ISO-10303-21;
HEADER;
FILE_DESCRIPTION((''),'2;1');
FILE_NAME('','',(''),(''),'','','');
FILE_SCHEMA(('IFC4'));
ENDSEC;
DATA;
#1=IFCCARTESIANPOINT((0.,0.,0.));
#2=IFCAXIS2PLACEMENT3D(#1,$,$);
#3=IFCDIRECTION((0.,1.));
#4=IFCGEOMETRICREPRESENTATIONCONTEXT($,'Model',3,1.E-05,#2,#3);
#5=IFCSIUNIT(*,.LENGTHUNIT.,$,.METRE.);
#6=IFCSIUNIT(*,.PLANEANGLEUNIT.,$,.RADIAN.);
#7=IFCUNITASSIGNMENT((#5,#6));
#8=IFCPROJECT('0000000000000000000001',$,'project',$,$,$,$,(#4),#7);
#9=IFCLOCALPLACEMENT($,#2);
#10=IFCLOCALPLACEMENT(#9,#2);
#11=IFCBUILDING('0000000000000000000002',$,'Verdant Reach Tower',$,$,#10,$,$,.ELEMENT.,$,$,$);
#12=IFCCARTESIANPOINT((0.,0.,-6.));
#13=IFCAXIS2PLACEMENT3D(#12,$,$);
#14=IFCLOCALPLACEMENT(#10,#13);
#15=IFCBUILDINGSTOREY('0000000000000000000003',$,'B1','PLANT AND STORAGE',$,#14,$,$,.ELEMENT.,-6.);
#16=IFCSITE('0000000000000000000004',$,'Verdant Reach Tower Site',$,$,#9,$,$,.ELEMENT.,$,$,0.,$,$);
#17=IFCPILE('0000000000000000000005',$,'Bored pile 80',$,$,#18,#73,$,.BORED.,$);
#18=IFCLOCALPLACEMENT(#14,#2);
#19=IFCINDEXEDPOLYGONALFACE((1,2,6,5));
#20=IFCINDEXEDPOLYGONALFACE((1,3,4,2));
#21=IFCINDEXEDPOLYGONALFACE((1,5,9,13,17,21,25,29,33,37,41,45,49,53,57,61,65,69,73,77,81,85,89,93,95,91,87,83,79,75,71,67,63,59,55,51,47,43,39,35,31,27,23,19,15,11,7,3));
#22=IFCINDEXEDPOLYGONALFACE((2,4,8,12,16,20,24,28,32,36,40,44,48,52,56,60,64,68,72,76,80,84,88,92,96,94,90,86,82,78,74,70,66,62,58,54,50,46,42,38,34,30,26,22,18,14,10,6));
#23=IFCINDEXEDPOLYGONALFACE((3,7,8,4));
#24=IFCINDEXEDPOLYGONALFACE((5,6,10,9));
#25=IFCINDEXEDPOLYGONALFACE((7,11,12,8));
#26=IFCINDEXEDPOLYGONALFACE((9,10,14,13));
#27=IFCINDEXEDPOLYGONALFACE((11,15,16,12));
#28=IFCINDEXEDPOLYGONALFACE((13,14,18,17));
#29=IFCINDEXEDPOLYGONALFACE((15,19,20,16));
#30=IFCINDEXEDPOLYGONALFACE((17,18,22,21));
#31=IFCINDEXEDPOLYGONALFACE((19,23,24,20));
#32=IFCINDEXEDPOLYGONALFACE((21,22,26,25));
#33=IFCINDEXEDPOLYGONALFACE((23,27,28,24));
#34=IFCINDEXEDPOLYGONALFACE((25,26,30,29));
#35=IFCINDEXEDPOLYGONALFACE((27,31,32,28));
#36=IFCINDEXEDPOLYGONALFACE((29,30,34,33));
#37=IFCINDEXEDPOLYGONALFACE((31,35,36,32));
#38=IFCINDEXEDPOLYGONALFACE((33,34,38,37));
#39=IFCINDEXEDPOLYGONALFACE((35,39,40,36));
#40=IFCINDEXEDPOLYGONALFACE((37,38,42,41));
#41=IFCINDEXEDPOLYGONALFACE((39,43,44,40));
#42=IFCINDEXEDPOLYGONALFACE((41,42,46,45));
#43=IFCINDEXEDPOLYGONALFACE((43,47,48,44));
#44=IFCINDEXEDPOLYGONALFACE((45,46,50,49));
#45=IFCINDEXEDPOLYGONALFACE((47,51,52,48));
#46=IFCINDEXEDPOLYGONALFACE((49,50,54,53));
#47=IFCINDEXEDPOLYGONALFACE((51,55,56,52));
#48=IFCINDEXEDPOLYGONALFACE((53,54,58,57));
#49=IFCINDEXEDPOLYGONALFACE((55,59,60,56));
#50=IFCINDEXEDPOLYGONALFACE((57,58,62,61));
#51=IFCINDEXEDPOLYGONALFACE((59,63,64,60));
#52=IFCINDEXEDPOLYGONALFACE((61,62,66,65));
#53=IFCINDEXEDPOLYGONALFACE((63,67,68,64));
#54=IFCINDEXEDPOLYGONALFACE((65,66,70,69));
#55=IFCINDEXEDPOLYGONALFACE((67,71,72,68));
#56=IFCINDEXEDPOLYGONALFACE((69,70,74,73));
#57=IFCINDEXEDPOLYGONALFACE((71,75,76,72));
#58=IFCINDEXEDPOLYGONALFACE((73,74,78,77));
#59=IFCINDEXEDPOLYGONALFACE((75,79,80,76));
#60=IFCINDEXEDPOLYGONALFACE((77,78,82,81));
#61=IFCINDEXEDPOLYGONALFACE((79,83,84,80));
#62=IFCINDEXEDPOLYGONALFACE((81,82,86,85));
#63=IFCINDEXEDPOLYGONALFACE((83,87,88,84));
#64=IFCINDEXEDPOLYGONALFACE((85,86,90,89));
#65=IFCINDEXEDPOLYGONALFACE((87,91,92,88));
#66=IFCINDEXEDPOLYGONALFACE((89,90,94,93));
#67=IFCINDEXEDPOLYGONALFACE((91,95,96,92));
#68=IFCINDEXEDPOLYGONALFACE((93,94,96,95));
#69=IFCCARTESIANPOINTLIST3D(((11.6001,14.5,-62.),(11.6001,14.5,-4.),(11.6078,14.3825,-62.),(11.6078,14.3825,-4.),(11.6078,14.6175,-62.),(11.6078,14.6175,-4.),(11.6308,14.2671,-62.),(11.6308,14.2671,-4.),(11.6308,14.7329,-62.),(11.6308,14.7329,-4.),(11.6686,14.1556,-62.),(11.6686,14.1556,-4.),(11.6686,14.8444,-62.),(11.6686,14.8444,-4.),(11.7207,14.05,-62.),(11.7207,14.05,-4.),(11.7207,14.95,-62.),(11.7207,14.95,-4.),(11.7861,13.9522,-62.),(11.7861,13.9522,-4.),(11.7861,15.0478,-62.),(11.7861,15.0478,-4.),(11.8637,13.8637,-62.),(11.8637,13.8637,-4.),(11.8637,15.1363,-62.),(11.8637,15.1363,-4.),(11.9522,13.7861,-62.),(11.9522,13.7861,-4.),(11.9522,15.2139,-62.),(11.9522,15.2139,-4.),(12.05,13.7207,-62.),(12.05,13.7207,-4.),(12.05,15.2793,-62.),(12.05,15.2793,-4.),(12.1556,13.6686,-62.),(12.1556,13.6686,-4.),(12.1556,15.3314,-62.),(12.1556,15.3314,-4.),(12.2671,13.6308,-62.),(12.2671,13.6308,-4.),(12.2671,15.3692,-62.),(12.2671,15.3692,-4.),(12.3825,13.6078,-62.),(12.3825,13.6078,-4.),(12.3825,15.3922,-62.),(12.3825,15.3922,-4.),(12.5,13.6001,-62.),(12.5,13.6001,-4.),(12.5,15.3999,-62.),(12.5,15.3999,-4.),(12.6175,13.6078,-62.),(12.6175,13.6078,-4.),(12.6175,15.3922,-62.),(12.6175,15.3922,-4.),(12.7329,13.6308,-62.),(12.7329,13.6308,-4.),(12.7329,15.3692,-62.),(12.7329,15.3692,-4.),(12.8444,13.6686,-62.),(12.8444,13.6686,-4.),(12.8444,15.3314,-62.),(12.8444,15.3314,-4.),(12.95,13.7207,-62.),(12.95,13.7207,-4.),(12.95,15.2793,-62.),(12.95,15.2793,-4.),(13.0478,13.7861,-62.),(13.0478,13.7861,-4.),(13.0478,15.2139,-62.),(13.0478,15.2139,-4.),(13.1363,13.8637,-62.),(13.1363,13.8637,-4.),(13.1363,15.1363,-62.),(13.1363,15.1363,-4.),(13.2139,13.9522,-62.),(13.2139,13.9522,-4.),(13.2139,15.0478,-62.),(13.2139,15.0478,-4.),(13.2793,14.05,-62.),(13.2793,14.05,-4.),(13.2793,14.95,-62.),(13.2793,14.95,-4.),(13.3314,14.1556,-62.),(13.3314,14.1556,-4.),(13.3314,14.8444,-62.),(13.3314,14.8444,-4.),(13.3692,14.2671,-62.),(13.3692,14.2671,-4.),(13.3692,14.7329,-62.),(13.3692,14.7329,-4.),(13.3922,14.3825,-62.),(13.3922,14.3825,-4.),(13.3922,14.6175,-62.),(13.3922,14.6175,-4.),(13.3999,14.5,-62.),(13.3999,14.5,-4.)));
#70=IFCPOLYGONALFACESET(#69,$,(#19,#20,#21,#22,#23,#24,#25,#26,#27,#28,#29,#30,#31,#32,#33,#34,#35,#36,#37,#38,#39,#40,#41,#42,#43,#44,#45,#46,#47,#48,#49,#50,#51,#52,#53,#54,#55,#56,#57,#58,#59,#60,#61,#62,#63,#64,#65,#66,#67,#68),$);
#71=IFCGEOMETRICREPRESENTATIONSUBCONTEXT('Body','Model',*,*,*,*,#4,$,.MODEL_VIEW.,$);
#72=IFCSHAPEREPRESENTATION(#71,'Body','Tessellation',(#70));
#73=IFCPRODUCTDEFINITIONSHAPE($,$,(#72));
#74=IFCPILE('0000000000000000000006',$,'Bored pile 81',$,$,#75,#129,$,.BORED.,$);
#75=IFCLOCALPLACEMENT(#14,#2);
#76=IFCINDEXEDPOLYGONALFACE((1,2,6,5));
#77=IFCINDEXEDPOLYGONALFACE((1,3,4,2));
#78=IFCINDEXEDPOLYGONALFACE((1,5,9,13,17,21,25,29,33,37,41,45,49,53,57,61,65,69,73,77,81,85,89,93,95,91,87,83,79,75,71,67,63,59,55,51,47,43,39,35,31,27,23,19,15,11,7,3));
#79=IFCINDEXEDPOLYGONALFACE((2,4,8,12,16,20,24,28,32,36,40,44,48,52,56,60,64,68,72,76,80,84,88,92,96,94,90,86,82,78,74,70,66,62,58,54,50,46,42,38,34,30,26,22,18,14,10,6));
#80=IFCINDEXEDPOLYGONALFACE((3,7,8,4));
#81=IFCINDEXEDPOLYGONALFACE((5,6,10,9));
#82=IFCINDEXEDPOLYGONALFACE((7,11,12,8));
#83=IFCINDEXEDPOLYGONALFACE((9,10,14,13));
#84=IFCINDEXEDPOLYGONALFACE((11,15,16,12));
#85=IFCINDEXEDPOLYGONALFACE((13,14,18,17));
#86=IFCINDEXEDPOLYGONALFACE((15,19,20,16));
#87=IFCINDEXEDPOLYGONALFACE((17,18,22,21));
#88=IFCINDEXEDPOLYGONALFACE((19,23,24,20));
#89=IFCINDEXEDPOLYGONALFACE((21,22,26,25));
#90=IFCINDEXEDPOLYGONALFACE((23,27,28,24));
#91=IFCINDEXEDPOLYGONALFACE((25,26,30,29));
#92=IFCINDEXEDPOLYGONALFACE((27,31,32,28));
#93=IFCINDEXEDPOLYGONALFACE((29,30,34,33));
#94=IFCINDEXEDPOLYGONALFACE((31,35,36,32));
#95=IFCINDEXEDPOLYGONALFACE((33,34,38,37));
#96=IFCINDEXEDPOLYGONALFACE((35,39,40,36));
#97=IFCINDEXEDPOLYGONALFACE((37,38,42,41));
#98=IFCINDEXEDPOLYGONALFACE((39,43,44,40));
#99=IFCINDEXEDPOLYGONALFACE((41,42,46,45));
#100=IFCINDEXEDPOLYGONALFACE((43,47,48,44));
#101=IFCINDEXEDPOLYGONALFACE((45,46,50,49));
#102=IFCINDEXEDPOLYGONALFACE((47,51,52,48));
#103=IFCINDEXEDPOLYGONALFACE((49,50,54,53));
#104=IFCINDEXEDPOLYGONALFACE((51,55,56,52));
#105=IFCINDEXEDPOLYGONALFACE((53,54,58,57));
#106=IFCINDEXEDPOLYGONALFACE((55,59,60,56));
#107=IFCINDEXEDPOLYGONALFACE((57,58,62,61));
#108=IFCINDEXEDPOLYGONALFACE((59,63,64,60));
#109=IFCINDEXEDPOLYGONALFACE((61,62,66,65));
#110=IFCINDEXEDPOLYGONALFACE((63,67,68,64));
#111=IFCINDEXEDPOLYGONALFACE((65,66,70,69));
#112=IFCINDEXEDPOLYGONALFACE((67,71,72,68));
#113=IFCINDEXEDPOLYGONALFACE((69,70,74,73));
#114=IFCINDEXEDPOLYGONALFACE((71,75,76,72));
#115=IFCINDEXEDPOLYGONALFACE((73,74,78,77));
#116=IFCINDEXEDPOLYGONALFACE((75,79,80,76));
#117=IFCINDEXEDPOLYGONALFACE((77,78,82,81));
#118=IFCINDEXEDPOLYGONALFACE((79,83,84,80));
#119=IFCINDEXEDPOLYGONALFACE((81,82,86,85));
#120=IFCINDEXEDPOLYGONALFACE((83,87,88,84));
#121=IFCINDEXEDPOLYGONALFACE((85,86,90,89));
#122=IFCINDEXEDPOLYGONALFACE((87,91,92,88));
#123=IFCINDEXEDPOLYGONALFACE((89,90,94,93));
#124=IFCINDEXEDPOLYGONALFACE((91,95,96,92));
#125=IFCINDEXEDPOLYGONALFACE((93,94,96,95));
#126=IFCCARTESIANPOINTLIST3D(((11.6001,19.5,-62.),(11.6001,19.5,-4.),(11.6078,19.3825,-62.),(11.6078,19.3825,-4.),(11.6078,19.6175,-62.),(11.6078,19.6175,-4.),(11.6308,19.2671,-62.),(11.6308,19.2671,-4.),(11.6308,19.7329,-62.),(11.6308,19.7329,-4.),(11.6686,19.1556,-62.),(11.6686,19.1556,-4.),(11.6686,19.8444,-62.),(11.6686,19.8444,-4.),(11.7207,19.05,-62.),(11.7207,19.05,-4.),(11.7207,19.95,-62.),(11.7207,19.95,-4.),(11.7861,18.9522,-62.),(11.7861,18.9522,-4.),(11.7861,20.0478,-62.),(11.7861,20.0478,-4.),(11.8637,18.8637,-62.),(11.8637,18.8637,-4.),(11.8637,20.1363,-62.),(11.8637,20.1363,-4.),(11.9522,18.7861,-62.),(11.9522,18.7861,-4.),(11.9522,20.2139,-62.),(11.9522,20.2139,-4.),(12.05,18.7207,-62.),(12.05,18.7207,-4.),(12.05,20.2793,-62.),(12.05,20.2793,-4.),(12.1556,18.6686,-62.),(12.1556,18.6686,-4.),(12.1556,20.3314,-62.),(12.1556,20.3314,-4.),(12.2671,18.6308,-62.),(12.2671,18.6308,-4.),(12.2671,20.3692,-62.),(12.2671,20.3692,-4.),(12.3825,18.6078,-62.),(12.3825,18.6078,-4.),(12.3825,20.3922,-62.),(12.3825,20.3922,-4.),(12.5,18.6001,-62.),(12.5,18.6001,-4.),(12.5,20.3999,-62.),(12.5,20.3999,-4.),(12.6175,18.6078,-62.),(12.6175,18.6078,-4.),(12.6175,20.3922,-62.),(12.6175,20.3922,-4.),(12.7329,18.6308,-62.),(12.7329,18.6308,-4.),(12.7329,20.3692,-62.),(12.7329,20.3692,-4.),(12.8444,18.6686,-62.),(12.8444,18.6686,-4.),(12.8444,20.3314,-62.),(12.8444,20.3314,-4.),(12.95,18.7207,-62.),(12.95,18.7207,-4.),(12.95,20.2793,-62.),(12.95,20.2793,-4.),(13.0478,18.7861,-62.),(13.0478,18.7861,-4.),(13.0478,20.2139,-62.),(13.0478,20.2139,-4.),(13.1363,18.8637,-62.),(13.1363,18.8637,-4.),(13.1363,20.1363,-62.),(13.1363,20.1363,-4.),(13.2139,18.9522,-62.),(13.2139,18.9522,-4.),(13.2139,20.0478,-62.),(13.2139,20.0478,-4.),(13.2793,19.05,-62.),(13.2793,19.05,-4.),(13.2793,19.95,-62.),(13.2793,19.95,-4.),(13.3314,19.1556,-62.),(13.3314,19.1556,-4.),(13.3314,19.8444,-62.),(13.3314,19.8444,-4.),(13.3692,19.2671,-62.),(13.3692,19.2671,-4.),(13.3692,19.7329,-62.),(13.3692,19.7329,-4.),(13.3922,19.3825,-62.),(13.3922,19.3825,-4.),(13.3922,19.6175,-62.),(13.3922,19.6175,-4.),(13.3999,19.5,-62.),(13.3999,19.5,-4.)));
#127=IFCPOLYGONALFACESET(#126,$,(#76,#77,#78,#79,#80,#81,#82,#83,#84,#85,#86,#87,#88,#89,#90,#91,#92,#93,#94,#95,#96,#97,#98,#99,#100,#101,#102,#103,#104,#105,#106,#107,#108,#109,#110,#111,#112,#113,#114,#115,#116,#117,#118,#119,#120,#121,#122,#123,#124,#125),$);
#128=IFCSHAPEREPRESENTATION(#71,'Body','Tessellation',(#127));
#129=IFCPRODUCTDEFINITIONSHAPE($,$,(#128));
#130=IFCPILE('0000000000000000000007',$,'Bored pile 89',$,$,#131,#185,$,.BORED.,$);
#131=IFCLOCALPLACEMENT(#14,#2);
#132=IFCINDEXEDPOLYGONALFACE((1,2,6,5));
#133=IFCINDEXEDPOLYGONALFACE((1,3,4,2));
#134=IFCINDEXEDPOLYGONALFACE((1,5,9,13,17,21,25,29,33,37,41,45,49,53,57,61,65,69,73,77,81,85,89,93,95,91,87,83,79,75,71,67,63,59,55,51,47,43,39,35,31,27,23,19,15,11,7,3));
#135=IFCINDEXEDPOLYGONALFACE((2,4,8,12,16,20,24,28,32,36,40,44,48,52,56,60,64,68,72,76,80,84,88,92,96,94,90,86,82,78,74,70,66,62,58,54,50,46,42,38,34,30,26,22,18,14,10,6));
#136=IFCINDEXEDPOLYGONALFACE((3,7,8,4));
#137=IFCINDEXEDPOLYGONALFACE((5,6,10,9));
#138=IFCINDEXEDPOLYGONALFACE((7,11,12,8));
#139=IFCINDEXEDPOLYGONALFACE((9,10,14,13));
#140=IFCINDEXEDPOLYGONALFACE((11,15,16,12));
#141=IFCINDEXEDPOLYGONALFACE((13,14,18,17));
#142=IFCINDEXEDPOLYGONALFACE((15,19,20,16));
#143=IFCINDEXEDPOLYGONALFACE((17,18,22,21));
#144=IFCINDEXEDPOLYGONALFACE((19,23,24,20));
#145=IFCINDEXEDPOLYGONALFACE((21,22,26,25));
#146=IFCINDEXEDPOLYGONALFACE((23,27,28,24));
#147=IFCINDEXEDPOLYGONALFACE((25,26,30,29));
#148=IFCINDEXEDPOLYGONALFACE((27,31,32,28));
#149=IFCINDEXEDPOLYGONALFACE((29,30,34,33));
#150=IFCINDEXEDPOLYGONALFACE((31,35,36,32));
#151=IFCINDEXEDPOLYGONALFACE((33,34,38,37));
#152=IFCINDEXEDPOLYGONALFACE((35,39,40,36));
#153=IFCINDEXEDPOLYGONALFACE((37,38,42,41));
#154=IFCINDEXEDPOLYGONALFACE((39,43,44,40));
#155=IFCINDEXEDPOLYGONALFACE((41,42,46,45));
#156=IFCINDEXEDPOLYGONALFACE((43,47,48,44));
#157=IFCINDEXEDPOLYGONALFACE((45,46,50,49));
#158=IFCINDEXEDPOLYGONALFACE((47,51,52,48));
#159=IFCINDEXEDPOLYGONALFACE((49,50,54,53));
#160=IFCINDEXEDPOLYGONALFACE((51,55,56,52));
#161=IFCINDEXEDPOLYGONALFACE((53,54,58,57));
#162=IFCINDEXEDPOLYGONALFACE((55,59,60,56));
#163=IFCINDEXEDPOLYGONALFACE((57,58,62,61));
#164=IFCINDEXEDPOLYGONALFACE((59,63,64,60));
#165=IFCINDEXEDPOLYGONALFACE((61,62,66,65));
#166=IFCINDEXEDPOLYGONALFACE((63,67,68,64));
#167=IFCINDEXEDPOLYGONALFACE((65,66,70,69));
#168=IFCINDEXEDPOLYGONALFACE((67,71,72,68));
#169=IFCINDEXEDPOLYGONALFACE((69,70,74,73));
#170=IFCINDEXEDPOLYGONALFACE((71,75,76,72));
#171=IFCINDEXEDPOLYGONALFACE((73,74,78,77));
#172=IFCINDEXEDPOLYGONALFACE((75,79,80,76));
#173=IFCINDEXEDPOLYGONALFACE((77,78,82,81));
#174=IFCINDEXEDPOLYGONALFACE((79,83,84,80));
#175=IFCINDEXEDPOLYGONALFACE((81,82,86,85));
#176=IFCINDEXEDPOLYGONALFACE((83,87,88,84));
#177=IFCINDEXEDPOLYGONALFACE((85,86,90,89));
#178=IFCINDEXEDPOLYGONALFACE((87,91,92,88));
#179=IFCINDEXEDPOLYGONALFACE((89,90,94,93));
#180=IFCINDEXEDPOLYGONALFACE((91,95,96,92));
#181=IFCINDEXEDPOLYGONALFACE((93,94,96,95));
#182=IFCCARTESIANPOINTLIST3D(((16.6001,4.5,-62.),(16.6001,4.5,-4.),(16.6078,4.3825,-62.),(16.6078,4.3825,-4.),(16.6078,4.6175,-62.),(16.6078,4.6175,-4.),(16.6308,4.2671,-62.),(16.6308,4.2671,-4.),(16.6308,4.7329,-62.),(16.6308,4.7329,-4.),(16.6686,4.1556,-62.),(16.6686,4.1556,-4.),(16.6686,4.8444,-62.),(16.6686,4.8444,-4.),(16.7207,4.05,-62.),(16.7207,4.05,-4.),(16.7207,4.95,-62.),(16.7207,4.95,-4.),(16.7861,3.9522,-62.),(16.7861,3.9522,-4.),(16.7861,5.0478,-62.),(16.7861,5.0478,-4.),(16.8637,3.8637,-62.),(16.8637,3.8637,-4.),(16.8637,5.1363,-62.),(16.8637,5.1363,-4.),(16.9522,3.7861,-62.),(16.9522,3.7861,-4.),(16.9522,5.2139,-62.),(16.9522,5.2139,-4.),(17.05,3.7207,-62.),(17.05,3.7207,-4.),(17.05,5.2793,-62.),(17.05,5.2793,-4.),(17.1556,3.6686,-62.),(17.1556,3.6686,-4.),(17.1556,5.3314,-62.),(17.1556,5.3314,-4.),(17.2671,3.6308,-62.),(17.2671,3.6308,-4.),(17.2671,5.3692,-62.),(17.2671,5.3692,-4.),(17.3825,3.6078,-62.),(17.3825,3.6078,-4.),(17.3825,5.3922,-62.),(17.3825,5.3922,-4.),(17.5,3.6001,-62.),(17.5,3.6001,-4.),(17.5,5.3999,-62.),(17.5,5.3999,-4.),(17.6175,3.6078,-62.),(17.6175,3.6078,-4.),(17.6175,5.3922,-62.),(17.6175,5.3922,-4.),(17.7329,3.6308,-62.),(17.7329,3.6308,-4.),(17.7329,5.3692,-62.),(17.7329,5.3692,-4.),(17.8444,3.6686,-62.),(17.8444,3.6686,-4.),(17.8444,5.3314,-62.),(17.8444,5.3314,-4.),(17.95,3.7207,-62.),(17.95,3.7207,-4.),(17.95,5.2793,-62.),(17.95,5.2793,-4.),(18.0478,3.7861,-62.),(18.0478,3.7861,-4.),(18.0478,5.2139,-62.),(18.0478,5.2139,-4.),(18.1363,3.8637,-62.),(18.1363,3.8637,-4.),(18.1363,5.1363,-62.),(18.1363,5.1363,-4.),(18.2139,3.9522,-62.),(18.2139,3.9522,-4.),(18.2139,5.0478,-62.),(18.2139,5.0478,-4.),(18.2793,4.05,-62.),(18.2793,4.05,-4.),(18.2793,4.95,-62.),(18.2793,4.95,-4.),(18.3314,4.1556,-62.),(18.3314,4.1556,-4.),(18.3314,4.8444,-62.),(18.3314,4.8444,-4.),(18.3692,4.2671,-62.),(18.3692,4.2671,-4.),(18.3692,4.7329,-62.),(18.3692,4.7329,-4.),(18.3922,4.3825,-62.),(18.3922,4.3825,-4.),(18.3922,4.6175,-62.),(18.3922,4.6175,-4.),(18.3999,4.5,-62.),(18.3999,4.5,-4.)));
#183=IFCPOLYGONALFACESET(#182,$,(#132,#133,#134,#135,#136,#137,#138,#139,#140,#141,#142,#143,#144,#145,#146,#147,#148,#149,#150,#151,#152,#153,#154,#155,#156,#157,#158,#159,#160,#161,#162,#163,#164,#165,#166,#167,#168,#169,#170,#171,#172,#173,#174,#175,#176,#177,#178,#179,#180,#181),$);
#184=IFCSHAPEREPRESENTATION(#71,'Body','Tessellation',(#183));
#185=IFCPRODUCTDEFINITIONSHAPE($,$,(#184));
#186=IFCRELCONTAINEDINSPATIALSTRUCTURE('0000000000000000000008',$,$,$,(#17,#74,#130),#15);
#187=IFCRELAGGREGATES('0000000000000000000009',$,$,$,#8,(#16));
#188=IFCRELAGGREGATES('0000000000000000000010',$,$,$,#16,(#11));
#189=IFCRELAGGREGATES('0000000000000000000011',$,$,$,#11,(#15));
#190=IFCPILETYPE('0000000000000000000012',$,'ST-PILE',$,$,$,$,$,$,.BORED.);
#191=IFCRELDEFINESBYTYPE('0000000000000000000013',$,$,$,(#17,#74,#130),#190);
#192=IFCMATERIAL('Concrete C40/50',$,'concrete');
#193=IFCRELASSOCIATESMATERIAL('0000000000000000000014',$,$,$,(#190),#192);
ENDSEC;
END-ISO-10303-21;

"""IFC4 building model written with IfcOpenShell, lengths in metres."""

from ifc_helpers import new_model, si_unit, direction, frame, origin, origin_2d, place, context, subcontext, project, spatial, circle, extrude, material, material_profile, profile_set, type_object, element, save


model = new_model("IFC4")

# Units and contexts
model_context = context("Model", 3, precision=1e-05, world=origin(), true_north=direction((0.0, 1.0)))
body_context = subcontext(model_context, "Body", "Model", "MODEL_VIEW")
ifc_project = project(units=[si_unit("LENGTHUNIT", "METRE"), si_unit("PLANEANGLEUNIT", "RADIAN")], contexts=[model_context])

# Site, building, storey
site_placement = place(None, origin())
site = spatial("IfcSite", under=ifc_project, at=site_placement, Name="Verdant Reach Tower Site", CompositionType="ELEMENT", RefElevation=0.0)
building_placement = place(site_placement, origin())
building = spatial("IfcBuilding", under=site, at=building_placement, Name="Verdant Reach Tower", CompositionType="ELEMENT")
storey_placement = place(building_placement, frame((0.0, 0.0, -6.0)))
storey = spatial("IfcBuildingStorey", under=building, at=storey_placement, Name="B1", Description="PLANT AND STORAGE", CompositionType="ELEMENT", Elevation=-6.0)

# Piles
ifc_material_1 = material(Name="Concrete C40/50", Category="concrete")
ifc_material_profile_1 = material_profile(ifc_material_1, circle(Radius=0.8999, at=origin_2d()), Name="BP 1800")
ifc_profile_set_1 = profile_set([ifc_material_profile_1], Name="Concrete C40/50")
pile_type = type_object("IfcPileType", Name="ST-PILE", PredefinedType="BORED", material=ifc_profile_set_1)
for number, where, z_axis, x_axis, name in (
    (1, (12.5, 14.5, -4.0), (0.0, 0.0, -1.0), (1.0, 0.0, 0.0), "Bored pile 80"),
    (2, (12.5, 19.5, -4.0), (0.0, 0.0, -1.0), (1.0, 0.0, 0.0), "Bored pile 81"),
    (3, (17.5, 4.5, -4.0), (0.0, 0.0, -1.0), (1.0, 0.0, 0.0), "Bored pile 89"),
):
    element("IfcPile", number, at=place(storey_placement, frame(where, z_axis=z_axis, x_axis=x_axis)), inside=storey, type_object=pile_type, Name=name, PredefinedType="BORED", context=body_context, shape_type="SweptSolid", body=[
        extrude(circle(Radius=0.8999, at=origin_2d()), origin(), (0.0, 0.0, 1.0), 58.0),
    ])

save(model, "model.ifc")
